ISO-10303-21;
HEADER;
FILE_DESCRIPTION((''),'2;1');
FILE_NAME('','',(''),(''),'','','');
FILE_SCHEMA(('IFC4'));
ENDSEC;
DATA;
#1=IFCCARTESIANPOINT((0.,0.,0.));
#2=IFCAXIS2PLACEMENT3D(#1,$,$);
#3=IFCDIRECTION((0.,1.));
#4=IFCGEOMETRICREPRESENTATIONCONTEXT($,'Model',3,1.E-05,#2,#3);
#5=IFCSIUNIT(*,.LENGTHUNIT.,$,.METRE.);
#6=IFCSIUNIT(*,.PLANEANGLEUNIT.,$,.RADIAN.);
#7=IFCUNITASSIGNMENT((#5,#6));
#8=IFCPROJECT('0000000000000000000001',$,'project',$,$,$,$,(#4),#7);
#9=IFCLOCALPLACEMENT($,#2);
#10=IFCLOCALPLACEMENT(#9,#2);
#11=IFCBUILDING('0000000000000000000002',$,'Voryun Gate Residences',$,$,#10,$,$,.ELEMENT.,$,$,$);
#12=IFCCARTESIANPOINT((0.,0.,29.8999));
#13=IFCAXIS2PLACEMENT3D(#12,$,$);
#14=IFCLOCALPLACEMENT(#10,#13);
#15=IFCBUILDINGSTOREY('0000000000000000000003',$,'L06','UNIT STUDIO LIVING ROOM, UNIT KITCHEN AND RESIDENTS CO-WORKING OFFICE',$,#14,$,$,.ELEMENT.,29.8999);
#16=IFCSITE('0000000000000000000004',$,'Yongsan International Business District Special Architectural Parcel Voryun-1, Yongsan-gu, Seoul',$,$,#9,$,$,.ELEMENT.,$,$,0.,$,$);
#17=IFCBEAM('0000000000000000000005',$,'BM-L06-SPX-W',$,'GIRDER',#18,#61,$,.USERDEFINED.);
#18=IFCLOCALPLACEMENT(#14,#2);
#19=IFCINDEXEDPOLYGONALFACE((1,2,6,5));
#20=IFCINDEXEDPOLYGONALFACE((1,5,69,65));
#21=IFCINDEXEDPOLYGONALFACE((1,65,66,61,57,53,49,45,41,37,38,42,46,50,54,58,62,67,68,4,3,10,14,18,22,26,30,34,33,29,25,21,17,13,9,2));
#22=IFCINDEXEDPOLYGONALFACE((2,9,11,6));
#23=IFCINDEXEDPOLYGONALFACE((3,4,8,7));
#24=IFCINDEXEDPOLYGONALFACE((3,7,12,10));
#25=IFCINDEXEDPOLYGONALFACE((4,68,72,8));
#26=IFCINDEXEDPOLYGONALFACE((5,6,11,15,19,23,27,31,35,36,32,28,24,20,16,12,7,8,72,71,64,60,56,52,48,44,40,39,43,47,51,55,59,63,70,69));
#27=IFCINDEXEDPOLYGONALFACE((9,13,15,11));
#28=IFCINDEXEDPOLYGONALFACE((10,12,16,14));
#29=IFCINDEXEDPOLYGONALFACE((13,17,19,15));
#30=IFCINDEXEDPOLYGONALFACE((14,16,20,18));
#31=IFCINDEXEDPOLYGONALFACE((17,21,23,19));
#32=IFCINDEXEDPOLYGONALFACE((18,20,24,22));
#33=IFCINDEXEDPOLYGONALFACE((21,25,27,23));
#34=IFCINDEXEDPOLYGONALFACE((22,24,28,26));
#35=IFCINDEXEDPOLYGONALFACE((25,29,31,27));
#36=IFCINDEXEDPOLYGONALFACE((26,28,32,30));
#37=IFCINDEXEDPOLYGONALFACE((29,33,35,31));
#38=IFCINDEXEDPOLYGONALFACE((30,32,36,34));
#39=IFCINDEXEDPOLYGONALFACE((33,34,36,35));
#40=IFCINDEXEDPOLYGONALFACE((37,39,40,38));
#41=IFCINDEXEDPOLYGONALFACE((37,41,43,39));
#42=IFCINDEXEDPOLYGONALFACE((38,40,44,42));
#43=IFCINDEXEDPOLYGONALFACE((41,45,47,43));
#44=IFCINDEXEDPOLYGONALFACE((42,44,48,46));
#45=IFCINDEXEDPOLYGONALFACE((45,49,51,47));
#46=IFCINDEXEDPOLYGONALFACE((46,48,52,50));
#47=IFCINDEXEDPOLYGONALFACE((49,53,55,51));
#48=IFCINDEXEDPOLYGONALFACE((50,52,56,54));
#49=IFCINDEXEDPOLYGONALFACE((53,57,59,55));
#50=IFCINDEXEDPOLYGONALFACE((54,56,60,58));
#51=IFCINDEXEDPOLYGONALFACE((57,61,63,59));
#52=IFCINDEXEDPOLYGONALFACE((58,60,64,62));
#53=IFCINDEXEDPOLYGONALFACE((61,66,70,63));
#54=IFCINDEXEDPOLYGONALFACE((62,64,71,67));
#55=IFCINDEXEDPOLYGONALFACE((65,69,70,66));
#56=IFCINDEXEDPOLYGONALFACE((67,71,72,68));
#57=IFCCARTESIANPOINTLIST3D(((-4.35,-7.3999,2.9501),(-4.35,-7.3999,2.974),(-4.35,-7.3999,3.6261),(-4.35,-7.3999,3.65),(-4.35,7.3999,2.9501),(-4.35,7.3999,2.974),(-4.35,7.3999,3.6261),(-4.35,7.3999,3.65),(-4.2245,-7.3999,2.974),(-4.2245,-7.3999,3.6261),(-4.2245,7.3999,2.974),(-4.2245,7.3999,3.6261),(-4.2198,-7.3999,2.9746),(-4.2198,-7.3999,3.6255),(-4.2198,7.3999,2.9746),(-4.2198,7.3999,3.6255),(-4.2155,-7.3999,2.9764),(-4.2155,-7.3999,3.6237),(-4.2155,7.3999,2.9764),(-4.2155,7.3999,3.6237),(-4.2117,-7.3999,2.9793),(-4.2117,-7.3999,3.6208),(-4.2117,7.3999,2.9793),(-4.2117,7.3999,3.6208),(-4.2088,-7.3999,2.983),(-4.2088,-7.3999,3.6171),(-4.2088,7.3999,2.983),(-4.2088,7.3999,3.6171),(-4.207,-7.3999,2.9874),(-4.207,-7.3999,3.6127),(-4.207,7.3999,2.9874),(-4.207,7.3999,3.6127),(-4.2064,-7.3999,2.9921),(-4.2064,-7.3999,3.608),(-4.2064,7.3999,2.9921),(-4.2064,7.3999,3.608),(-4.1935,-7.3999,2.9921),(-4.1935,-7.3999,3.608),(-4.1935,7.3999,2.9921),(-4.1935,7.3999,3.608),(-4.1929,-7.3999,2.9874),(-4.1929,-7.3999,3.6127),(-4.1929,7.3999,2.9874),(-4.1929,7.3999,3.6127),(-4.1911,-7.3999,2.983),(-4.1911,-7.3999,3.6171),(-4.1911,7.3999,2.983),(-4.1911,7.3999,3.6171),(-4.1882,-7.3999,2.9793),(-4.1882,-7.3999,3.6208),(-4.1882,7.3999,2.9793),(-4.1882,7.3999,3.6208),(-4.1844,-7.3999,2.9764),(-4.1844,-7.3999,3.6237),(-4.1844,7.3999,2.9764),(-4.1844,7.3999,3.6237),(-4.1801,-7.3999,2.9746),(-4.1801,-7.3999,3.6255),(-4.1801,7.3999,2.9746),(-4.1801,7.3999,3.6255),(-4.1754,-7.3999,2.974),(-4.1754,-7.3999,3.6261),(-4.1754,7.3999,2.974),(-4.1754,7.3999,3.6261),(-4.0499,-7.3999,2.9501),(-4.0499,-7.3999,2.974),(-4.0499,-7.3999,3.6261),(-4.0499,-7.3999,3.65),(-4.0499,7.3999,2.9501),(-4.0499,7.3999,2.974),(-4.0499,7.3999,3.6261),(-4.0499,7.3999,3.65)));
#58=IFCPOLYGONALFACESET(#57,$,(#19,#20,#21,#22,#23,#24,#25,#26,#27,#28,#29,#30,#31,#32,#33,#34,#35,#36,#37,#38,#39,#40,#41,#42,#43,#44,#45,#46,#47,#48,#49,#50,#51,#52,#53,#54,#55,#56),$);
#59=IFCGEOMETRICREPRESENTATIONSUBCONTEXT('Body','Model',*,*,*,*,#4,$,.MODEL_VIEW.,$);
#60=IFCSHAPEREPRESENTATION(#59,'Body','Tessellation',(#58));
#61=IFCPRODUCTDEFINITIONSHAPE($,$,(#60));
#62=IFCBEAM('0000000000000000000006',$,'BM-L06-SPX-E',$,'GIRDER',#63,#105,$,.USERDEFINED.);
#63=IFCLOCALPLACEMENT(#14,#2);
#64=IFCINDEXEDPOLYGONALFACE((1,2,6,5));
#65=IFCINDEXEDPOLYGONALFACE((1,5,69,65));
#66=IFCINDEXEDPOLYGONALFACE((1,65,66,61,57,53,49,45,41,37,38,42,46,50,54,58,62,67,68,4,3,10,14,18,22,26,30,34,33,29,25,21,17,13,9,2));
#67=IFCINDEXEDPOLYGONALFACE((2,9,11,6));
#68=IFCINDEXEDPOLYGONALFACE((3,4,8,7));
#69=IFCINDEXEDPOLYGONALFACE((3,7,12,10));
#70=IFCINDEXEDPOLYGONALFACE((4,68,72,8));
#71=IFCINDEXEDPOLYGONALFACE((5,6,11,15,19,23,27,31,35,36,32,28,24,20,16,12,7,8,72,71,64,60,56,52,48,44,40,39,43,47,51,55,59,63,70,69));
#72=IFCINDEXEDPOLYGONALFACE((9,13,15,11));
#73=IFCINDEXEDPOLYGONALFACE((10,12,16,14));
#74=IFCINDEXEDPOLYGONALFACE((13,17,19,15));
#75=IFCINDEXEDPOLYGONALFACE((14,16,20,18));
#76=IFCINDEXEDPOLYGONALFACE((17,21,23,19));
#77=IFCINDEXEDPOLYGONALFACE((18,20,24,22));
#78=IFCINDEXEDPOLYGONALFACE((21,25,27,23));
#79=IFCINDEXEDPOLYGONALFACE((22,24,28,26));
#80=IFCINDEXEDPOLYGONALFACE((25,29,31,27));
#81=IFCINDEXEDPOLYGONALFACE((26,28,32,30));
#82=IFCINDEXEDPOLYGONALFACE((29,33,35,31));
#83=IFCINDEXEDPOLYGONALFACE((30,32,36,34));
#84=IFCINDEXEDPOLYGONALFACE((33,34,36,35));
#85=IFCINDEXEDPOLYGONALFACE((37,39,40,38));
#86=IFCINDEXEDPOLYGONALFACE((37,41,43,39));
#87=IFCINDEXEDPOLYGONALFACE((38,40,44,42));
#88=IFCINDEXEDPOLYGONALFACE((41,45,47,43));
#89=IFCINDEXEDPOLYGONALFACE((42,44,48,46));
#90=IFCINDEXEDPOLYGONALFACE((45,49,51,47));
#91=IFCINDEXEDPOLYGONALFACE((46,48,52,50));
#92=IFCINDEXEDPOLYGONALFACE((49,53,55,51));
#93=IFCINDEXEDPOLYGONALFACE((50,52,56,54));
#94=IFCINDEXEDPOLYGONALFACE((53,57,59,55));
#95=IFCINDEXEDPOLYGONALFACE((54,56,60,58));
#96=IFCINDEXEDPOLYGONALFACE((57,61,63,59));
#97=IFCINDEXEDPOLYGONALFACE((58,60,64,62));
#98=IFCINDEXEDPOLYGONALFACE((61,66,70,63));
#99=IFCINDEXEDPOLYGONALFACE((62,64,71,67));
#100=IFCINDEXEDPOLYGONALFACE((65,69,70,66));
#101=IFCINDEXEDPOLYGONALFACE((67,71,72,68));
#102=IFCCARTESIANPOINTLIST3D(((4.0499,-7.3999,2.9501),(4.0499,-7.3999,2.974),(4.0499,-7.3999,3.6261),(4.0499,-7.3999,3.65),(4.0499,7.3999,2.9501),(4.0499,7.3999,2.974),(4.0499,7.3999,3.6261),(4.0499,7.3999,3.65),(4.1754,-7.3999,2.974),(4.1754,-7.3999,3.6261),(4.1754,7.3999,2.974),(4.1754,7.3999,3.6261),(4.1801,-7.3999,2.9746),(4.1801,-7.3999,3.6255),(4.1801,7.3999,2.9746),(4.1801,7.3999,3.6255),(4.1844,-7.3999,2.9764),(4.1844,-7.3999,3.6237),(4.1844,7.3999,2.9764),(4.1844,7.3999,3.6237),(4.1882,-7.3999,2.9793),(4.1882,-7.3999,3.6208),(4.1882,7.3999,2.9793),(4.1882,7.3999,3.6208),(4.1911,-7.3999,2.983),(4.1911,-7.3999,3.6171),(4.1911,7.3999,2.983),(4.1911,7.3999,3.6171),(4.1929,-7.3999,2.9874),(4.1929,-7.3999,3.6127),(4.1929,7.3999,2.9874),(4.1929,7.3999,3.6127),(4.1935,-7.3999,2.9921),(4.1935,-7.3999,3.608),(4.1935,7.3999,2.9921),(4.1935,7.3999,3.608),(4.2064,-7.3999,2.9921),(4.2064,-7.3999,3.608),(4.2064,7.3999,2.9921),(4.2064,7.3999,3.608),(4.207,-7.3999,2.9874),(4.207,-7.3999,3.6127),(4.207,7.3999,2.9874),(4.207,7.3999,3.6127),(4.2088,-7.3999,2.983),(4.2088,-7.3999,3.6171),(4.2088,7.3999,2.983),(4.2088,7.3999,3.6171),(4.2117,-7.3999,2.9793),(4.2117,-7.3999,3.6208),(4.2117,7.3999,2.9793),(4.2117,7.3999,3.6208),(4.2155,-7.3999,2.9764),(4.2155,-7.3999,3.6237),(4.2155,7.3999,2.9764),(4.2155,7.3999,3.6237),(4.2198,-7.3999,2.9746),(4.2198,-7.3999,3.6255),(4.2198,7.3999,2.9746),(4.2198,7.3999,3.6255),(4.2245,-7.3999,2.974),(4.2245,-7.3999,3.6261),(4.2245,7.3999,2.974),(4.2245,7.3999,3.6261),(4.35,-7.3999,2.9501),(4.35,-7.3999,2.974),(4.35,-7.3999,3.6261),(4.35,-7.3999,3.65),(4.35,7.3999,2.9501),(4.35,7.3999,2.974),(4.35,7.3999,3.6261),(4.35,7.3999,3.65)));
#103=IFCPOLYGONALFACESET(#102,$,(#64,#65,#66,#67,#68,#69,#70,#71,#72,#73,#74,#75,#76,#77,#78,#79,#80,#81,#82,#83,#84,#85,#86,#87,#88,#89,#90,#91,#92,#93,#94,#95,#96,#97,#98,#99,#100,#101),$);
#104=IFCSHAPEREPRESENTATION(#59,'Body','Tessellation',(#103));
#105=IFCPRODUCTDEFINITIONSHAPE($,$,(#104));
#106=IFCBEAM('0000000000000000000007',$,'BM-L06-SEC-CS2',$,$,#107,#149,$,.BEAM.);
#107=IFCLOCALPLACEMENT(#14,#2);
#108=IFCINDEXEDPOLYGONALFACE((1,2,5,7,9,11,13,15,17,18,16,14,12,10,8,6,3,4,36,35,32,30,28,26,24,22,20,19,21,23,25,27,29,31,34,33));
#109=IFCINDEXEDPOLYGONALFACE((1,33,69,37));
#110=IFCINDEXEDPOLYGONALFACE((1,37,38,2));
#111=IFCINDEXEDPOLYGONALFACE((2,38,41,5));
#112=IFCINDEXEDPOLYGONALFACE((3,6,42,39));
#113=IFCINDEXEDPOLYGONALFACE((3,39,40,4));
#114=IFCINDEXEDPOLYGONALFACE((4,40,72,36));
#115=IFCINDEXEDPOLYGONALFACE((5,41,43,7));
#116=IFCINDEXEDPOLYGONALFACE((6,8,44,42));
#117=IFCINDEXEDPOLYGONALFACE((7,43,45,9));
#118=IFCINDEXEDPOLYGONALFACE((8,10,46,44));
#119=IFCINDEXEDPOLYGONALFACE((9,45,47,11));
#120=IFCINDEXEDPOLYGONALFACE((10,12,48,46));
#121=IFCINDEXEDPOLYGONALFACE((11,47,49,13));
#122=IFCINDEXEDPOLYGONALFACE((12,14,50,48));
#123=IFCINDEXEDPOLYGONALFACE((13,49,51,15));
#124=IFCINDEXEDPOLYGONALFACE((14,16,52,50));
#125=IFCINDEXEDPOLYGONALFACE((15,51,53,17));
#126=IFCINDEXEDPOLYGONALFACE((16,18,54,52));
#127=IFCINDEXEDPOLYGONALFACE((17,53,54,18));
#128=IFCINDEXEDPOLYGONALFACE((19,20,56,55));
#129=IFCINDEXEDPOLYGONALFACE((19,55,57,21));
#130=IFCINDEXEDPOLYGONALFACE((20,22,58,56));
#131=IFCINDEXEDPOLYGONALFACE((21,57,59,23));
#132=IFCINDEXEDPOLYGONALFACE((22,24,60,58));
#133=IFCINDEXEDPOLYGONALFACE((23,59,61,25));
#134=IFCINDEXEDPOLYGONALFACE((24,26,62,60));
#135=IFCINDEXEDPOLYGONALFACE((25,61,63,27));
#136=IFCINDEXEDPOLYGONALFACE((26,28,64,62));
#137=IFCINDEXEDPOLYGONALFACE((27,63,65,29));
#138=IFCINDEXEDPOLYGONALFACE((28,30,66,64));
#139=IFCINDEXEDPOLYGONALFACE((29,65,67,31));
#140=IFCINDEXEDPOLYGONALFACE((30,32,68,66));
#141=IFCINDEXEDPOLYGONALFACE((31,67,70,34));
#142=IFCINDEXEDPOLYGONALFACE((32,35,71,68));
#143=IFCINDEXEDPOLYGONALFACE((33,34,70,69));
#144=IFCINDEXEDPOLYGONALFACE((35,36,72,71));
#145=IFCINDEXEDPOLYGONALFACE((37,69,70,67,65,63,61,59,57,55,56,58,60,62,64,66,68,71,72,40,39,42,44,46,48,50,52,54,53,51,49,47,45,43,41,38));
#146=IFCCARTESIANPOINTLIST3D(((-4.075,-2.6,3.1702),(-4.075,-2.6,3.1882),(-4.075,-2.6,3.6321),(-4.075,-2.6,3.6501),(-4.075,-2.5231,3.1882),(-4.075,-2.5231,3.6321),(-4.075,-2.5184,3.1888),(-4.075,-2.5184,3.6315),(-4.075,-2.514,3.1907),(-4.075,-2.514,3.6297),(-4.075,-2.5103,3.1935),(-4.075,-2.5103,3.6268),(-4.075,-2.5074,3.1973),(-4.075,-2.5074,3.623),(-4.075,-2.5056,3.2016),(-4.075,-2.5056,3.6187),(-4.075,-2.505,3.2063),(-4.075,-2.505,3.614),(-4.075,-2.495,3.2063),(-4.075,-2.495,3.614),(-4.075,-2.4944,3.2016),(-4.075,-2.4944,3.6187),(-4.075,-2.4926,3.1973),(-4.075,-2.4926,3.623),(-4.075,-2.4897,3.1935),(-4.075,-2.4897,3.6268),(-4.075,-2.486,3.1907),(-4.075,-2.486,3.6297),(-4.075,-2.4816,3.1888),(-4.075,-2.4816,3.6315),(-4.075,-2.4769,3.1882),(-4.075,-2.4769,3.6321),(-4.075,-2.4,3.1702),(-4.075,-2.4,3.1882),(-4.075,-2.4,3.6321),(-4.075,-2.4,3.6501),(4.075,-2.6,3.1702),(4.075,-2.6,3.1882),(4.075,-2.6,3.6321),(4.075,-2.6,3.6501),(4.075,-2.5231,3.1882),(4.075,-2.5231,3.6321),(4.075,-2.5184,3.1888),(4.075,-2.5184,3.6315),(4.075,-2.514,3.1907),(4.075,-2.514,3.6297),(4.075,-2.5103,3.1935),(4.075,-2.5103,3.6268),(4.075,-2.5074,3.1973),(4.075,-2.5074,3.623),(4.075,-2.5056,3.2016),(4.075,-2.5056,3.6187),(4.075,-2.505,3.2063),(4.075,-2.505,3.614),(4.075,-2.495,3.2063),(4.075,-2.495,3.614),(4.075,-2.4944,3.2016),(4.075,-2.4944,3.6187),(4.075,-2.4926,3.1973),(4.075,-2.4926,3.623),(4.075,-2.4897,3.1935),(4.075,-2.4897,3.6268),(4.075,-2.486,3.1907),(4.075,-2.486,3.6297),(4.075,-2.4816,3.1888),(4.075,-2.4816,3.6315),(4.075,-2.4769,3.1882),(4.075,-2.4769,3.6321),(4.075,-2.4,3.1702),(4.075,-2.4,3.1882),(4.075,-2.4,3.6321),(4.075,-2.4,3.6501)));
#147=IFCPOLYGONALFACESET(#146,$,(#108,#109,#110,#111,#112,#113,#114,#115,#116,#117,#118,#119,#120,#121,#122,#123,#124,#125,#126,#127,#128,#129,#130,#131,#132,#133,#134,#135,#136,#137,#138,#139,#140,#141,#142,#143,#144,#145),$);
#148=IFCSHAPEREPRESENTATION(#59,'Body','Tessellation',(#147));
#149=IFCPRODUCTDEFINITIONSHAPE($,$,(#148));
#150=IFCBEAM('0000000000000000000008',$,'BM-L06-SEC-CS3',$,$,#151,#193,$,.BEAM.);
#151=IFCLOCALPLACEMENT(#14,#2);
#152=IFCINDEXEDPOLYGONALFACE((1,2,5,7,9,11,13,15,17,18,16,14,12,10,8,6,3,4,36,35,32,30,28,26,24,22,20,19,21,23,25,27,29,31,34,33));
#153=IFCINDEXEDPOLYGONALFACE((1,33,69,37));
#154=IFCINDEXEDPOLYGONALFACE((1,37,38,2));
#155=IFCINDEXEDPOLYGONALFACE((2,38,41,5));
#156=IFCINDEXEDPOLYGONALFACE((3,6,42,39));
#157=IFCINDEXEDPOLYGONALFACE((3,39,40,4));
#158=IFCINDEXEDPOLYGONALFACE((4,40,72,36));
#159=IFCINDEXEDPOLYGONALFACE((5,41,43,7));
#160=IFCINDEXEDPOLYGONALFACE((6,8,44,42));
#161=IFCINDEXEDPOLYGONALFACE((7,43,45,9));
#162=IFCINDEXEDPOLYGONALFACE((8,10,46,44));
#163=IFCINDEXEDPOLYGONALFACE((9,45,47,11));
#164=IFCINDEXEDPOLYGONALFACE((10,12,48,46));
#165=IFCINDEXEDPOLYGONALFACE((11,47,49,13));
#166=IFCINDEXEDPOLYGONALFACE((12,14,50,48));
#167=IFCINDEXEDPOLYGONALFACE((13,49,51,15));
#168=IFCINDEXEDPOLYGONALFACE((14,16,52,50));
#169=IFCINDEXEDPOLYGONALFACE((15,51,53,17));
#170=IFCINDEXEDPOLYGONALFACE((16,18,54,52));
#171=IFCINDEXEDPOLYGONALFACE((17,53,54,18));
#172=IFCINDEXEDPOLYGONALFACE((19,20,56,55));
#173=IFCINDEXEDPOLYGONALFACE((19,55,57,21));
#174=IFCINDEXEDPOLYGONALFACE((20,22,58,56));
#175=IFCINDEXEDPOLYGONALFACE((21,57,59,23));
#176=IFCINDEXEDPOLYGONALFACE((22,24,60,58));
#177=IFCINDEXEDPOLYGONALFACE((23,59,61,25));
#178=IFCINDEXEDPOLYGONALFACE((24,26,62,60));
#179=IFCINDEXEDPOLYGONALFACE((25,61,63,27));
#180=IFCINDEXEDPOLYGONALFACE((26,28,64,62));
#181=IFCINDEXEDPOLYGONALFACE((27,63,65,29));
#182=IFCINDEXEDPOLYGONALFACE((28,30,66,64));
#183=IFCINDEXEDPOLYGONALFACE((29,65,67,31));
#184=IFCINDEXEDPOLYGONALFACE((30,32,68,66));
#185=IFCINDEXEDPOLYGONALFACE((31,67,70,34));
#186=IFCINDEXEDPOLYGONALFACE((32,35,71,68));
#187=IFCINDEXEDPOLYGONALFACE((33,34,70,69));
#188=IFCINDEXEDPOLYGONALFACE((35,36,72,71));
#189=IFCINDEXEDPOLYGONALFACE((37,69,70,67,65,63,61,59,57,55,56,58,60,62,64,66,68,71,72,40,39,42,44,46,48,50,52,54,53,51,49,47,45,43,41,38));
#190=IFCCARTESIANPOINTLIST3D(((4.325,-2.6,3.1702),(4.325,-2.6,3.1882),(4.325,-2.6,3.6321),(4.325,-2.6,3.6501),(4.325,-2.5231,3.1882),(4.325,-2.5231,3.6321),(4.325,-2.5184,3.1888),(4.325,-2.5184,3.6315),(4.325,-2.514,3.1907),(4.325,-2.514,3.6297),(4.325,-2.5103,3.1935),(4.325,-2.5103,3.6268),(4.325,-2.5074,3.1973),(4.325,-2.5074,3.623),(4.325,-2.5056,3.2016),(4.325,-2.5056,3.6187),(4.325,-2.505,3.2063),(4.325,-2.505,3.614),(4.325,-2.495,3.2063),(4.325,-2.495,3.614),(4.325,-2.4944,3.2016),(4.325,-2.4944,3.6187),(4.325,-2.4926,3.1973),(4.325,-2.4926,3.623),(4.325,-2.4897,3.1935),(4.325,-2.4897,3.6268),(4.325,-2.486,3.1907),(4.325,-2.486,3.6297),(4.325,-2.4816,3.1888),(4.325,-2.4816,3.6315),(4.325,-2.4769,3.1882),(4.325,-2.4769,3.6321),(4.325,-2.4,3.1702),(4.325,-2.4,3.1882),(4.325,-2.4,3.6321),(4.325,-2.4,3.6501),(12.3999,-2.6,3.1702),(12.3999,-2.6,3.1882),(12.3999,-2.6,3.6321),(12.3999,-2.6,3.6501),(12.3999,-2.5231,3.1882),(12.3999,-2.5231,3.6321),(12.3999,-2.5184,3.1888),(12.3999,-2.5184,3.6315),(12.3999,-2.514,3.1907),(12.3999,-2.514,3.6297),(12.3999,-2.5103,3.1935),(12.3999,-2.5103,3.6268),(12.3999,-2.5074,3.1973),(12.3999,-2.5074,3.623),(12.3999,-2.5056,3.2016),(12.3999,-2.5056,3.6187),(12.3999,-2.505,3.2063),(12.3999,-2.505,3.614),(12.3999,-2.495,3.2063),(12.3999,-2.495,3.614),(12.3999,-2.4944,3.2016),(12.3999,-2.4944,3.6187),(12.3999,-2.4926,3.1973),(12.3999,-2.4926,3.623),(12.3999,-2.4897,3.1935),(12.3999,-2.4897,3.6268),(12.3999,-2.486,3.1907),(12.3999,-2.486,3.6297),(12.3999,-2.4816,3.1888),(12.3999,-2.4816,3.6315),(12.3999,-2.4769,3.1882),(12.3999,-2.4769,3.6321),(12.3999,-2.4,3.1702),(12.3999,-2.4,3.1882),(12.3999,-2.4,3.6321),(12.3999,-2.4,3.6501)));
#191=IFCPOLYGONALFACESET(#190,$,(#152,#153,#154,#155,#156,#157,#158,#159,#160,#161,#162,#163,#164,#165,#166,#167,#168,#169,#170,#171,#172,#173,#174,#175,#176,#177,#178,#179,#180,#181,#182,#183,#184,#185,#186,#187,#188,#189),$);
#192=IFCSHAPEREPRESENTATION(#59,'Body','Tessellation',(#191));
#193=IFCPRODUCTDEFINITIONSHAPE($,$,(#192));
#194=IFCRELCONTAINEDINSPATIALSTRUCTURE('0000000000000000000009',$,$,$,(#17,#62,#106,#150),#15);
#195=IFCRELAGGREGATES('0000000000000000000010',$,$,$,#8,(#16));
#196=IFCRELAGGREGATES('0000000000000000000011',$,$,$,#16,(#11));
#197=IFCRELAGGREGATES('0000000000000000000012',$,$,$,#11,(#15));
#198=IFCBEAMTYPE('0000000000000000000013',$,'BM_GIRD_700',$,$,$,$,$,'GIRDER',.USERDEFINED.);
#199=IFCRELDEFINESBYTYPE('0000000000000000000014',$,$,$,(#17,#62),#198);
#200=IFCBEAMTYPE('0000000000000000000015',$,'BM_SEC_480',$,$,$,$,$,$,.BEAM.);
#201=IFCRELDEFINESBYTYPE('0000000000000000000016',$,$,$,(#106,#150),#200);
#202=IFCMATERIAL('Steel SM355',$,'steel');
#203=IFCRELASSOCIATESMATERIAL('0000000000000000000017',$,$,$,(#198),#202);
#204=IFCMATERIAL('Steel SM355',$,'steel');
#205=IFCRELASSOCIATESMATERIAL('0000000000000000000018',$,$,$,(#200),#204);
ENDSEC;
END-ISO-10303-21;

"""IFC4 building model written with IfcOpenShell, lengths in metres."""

from ifc_helpers import new_model, si_unit, direction, frame, origin, origin_2d, place, context, subcontext, project, spatial, i_section, extrude, material, material_profile, profile_set, type_object, element, save


model = new_model("IFC4")

# Units and contexts
model_context = context("Model", 3, precision=1e-05, world=origin(), true_north=direction((0.0, 1.0)))
body_context = subcontext(model_context, "Body", "Model", "MODEL_VIEW")
ifc_project = project(units=[si_unit("LENGTHUNIT", "METRE"), si_unit("PLANEANGLEUNIT", "RADIAN")], contexts=[model_context])

# Site, building, storey
site_placement = place(None, origin())
site = spatial("IfcSite", under=ifc_project, at=site_placement, Name="Yongsan International Business District Special Architectural Parcel Voryun-1, Yongsan-gu, Seoul", CompositionType="ELEMENT", RefElevation=0.0)
building_placement = place(site_placement, origin())
building = spatial("IfcBuilding", under=site, at=building_placement, Name="Voryun Gate Residences", CompositionType="ELEMENT")
storey_placement = place(building_placement, frame((0.0, 0.0, 29.8999)))
storey = spatial("IfcBuildingStorey", under=building, at=storey_placement, Name="L06", Description="UNIT STUDIO LIVING ROOM, UNIT KITCHEN AND RESIDENTS CO-WORKING OFFICE", CompositionType="ELEMENT", Elevation=29.8999)

# Beams
ifc_material_1 = material(Name="Steel SM355", Category="steel")
ifc_material_profile_1 = material_profile(ifc_material_1, i_section(OverallWidth=0.3, OverallDepth=0.7, WebThickness=0.0129, FlangeThickness=0.0239, FilletRadius=0.0181, at=origin_2d()), Name="H-700x300x13x24")
ifc_profile_set_1 = profile_set([ifc_material_profile_1], Name="Steel SM355")
beam_type_1 = type_object("IfcBeamType", Name="BM_GIRD_700", ElementType="GIRDER", PredefinedType="USERDEFINED", material=ifc_profile_set_1)
for number, where, z_axis, x_axis, name in (
    (1, (-4.2, -7.3999, 3.3), (0.0, 1.0, 0.0), (-1.0, 0.0, 0.0), "BM-L06-SPX-W"),
    (2, (4.2, -7.3999, 3.3), (0.0, 1.0, 0.0), (-1.0, 0.0, 0.0), "BM-L06-SPX-E"),
):
    element("IfcBeam", number, at=place(storey_placement, frame(where, z_axis=z_axis, x_axis=x_axis)), inside=storey, type_object=beam_type_1, Name=name, ObjectType="GIRDER", PredefinedType="USERDEFINED", context=body_context, shape_type="SweptSolid", body=[
        extrude(i_section(OverallWidth=0.3, OverallDepth=0.7, WebThickness=0.0129, FlangeThickness=0.0239, FilletRadius=0.0181, at=origin_2d()), origin(), (0.0, 0.0, 1.0), 14.7998),
    ])
ifc_material_2 = material(Name="Steel SM355", Category="steel")
ifc_material_profile_2 = material_profile(ifc_material_2, i_section(OverallWidth=0.2, OverallDepth=0.48, WebThickness=0.01, FlangeThickness=0.0181, FilletRadius=0.0181, at=origin_2d()), Name="H-480x200x10x18")
ifc_profile_set_2 = profile_set([ifc_material_profile_2], Name="Steel SM355")
beam_type_2 = type_object("IfcBeamType", Name="BM_SEC_480", PredefinedType="BEAM", material=ifc_profile_set_2)
beam_1_placement = place(storey_placement, frame((-4.075, -2.5, 3.4102), z_axis=(1.0, 0.0, 0.0), x_axis=(0.0, 1.0, 0.0)))
element("IfcBeam", 3, at=beam_1_placement, inside=storey, type_object=beam_type_2, Name="BM-L06-SEC-CS2", PredefinedType="BEAM", context=body_context, shape_type="SweptSolid", body=[
    extrude(i_section(OverallWidth=0.2, OverallDepth=0.48, WebThickness=0.01, FlangeThickness=0.0181, FilletRadius=0.0181, at=origin_2d()), origin(), (0.0, 0.0, 1.0), 8.1499),
])
beam_2_placement = place(storey_placement, frame((4.325, -2.5, 3.4102), z_axis=(1.0, 0.0, 0.0), x_axis=(0.0, 1.0, 0.0)))
element("IfcBeam", 4, at=beam_2_placement, inside=storey, type_object=beam_type_2, Name="BM-L06-SEC-CS3", PredefinedType="BEAM", context=body_context, shape_type="SweptSolid", body=[
    extrude(i_section(OverallWidth=0.2, OverallDepth=0.48, WebThickness=0.01, FlangeThickness=0.0181, FilletRadius=0.0181, at=origin_2d()), origin(), (0.0, 0.0, 1.0), 8.075),
])

save(model, "model.ifc")
